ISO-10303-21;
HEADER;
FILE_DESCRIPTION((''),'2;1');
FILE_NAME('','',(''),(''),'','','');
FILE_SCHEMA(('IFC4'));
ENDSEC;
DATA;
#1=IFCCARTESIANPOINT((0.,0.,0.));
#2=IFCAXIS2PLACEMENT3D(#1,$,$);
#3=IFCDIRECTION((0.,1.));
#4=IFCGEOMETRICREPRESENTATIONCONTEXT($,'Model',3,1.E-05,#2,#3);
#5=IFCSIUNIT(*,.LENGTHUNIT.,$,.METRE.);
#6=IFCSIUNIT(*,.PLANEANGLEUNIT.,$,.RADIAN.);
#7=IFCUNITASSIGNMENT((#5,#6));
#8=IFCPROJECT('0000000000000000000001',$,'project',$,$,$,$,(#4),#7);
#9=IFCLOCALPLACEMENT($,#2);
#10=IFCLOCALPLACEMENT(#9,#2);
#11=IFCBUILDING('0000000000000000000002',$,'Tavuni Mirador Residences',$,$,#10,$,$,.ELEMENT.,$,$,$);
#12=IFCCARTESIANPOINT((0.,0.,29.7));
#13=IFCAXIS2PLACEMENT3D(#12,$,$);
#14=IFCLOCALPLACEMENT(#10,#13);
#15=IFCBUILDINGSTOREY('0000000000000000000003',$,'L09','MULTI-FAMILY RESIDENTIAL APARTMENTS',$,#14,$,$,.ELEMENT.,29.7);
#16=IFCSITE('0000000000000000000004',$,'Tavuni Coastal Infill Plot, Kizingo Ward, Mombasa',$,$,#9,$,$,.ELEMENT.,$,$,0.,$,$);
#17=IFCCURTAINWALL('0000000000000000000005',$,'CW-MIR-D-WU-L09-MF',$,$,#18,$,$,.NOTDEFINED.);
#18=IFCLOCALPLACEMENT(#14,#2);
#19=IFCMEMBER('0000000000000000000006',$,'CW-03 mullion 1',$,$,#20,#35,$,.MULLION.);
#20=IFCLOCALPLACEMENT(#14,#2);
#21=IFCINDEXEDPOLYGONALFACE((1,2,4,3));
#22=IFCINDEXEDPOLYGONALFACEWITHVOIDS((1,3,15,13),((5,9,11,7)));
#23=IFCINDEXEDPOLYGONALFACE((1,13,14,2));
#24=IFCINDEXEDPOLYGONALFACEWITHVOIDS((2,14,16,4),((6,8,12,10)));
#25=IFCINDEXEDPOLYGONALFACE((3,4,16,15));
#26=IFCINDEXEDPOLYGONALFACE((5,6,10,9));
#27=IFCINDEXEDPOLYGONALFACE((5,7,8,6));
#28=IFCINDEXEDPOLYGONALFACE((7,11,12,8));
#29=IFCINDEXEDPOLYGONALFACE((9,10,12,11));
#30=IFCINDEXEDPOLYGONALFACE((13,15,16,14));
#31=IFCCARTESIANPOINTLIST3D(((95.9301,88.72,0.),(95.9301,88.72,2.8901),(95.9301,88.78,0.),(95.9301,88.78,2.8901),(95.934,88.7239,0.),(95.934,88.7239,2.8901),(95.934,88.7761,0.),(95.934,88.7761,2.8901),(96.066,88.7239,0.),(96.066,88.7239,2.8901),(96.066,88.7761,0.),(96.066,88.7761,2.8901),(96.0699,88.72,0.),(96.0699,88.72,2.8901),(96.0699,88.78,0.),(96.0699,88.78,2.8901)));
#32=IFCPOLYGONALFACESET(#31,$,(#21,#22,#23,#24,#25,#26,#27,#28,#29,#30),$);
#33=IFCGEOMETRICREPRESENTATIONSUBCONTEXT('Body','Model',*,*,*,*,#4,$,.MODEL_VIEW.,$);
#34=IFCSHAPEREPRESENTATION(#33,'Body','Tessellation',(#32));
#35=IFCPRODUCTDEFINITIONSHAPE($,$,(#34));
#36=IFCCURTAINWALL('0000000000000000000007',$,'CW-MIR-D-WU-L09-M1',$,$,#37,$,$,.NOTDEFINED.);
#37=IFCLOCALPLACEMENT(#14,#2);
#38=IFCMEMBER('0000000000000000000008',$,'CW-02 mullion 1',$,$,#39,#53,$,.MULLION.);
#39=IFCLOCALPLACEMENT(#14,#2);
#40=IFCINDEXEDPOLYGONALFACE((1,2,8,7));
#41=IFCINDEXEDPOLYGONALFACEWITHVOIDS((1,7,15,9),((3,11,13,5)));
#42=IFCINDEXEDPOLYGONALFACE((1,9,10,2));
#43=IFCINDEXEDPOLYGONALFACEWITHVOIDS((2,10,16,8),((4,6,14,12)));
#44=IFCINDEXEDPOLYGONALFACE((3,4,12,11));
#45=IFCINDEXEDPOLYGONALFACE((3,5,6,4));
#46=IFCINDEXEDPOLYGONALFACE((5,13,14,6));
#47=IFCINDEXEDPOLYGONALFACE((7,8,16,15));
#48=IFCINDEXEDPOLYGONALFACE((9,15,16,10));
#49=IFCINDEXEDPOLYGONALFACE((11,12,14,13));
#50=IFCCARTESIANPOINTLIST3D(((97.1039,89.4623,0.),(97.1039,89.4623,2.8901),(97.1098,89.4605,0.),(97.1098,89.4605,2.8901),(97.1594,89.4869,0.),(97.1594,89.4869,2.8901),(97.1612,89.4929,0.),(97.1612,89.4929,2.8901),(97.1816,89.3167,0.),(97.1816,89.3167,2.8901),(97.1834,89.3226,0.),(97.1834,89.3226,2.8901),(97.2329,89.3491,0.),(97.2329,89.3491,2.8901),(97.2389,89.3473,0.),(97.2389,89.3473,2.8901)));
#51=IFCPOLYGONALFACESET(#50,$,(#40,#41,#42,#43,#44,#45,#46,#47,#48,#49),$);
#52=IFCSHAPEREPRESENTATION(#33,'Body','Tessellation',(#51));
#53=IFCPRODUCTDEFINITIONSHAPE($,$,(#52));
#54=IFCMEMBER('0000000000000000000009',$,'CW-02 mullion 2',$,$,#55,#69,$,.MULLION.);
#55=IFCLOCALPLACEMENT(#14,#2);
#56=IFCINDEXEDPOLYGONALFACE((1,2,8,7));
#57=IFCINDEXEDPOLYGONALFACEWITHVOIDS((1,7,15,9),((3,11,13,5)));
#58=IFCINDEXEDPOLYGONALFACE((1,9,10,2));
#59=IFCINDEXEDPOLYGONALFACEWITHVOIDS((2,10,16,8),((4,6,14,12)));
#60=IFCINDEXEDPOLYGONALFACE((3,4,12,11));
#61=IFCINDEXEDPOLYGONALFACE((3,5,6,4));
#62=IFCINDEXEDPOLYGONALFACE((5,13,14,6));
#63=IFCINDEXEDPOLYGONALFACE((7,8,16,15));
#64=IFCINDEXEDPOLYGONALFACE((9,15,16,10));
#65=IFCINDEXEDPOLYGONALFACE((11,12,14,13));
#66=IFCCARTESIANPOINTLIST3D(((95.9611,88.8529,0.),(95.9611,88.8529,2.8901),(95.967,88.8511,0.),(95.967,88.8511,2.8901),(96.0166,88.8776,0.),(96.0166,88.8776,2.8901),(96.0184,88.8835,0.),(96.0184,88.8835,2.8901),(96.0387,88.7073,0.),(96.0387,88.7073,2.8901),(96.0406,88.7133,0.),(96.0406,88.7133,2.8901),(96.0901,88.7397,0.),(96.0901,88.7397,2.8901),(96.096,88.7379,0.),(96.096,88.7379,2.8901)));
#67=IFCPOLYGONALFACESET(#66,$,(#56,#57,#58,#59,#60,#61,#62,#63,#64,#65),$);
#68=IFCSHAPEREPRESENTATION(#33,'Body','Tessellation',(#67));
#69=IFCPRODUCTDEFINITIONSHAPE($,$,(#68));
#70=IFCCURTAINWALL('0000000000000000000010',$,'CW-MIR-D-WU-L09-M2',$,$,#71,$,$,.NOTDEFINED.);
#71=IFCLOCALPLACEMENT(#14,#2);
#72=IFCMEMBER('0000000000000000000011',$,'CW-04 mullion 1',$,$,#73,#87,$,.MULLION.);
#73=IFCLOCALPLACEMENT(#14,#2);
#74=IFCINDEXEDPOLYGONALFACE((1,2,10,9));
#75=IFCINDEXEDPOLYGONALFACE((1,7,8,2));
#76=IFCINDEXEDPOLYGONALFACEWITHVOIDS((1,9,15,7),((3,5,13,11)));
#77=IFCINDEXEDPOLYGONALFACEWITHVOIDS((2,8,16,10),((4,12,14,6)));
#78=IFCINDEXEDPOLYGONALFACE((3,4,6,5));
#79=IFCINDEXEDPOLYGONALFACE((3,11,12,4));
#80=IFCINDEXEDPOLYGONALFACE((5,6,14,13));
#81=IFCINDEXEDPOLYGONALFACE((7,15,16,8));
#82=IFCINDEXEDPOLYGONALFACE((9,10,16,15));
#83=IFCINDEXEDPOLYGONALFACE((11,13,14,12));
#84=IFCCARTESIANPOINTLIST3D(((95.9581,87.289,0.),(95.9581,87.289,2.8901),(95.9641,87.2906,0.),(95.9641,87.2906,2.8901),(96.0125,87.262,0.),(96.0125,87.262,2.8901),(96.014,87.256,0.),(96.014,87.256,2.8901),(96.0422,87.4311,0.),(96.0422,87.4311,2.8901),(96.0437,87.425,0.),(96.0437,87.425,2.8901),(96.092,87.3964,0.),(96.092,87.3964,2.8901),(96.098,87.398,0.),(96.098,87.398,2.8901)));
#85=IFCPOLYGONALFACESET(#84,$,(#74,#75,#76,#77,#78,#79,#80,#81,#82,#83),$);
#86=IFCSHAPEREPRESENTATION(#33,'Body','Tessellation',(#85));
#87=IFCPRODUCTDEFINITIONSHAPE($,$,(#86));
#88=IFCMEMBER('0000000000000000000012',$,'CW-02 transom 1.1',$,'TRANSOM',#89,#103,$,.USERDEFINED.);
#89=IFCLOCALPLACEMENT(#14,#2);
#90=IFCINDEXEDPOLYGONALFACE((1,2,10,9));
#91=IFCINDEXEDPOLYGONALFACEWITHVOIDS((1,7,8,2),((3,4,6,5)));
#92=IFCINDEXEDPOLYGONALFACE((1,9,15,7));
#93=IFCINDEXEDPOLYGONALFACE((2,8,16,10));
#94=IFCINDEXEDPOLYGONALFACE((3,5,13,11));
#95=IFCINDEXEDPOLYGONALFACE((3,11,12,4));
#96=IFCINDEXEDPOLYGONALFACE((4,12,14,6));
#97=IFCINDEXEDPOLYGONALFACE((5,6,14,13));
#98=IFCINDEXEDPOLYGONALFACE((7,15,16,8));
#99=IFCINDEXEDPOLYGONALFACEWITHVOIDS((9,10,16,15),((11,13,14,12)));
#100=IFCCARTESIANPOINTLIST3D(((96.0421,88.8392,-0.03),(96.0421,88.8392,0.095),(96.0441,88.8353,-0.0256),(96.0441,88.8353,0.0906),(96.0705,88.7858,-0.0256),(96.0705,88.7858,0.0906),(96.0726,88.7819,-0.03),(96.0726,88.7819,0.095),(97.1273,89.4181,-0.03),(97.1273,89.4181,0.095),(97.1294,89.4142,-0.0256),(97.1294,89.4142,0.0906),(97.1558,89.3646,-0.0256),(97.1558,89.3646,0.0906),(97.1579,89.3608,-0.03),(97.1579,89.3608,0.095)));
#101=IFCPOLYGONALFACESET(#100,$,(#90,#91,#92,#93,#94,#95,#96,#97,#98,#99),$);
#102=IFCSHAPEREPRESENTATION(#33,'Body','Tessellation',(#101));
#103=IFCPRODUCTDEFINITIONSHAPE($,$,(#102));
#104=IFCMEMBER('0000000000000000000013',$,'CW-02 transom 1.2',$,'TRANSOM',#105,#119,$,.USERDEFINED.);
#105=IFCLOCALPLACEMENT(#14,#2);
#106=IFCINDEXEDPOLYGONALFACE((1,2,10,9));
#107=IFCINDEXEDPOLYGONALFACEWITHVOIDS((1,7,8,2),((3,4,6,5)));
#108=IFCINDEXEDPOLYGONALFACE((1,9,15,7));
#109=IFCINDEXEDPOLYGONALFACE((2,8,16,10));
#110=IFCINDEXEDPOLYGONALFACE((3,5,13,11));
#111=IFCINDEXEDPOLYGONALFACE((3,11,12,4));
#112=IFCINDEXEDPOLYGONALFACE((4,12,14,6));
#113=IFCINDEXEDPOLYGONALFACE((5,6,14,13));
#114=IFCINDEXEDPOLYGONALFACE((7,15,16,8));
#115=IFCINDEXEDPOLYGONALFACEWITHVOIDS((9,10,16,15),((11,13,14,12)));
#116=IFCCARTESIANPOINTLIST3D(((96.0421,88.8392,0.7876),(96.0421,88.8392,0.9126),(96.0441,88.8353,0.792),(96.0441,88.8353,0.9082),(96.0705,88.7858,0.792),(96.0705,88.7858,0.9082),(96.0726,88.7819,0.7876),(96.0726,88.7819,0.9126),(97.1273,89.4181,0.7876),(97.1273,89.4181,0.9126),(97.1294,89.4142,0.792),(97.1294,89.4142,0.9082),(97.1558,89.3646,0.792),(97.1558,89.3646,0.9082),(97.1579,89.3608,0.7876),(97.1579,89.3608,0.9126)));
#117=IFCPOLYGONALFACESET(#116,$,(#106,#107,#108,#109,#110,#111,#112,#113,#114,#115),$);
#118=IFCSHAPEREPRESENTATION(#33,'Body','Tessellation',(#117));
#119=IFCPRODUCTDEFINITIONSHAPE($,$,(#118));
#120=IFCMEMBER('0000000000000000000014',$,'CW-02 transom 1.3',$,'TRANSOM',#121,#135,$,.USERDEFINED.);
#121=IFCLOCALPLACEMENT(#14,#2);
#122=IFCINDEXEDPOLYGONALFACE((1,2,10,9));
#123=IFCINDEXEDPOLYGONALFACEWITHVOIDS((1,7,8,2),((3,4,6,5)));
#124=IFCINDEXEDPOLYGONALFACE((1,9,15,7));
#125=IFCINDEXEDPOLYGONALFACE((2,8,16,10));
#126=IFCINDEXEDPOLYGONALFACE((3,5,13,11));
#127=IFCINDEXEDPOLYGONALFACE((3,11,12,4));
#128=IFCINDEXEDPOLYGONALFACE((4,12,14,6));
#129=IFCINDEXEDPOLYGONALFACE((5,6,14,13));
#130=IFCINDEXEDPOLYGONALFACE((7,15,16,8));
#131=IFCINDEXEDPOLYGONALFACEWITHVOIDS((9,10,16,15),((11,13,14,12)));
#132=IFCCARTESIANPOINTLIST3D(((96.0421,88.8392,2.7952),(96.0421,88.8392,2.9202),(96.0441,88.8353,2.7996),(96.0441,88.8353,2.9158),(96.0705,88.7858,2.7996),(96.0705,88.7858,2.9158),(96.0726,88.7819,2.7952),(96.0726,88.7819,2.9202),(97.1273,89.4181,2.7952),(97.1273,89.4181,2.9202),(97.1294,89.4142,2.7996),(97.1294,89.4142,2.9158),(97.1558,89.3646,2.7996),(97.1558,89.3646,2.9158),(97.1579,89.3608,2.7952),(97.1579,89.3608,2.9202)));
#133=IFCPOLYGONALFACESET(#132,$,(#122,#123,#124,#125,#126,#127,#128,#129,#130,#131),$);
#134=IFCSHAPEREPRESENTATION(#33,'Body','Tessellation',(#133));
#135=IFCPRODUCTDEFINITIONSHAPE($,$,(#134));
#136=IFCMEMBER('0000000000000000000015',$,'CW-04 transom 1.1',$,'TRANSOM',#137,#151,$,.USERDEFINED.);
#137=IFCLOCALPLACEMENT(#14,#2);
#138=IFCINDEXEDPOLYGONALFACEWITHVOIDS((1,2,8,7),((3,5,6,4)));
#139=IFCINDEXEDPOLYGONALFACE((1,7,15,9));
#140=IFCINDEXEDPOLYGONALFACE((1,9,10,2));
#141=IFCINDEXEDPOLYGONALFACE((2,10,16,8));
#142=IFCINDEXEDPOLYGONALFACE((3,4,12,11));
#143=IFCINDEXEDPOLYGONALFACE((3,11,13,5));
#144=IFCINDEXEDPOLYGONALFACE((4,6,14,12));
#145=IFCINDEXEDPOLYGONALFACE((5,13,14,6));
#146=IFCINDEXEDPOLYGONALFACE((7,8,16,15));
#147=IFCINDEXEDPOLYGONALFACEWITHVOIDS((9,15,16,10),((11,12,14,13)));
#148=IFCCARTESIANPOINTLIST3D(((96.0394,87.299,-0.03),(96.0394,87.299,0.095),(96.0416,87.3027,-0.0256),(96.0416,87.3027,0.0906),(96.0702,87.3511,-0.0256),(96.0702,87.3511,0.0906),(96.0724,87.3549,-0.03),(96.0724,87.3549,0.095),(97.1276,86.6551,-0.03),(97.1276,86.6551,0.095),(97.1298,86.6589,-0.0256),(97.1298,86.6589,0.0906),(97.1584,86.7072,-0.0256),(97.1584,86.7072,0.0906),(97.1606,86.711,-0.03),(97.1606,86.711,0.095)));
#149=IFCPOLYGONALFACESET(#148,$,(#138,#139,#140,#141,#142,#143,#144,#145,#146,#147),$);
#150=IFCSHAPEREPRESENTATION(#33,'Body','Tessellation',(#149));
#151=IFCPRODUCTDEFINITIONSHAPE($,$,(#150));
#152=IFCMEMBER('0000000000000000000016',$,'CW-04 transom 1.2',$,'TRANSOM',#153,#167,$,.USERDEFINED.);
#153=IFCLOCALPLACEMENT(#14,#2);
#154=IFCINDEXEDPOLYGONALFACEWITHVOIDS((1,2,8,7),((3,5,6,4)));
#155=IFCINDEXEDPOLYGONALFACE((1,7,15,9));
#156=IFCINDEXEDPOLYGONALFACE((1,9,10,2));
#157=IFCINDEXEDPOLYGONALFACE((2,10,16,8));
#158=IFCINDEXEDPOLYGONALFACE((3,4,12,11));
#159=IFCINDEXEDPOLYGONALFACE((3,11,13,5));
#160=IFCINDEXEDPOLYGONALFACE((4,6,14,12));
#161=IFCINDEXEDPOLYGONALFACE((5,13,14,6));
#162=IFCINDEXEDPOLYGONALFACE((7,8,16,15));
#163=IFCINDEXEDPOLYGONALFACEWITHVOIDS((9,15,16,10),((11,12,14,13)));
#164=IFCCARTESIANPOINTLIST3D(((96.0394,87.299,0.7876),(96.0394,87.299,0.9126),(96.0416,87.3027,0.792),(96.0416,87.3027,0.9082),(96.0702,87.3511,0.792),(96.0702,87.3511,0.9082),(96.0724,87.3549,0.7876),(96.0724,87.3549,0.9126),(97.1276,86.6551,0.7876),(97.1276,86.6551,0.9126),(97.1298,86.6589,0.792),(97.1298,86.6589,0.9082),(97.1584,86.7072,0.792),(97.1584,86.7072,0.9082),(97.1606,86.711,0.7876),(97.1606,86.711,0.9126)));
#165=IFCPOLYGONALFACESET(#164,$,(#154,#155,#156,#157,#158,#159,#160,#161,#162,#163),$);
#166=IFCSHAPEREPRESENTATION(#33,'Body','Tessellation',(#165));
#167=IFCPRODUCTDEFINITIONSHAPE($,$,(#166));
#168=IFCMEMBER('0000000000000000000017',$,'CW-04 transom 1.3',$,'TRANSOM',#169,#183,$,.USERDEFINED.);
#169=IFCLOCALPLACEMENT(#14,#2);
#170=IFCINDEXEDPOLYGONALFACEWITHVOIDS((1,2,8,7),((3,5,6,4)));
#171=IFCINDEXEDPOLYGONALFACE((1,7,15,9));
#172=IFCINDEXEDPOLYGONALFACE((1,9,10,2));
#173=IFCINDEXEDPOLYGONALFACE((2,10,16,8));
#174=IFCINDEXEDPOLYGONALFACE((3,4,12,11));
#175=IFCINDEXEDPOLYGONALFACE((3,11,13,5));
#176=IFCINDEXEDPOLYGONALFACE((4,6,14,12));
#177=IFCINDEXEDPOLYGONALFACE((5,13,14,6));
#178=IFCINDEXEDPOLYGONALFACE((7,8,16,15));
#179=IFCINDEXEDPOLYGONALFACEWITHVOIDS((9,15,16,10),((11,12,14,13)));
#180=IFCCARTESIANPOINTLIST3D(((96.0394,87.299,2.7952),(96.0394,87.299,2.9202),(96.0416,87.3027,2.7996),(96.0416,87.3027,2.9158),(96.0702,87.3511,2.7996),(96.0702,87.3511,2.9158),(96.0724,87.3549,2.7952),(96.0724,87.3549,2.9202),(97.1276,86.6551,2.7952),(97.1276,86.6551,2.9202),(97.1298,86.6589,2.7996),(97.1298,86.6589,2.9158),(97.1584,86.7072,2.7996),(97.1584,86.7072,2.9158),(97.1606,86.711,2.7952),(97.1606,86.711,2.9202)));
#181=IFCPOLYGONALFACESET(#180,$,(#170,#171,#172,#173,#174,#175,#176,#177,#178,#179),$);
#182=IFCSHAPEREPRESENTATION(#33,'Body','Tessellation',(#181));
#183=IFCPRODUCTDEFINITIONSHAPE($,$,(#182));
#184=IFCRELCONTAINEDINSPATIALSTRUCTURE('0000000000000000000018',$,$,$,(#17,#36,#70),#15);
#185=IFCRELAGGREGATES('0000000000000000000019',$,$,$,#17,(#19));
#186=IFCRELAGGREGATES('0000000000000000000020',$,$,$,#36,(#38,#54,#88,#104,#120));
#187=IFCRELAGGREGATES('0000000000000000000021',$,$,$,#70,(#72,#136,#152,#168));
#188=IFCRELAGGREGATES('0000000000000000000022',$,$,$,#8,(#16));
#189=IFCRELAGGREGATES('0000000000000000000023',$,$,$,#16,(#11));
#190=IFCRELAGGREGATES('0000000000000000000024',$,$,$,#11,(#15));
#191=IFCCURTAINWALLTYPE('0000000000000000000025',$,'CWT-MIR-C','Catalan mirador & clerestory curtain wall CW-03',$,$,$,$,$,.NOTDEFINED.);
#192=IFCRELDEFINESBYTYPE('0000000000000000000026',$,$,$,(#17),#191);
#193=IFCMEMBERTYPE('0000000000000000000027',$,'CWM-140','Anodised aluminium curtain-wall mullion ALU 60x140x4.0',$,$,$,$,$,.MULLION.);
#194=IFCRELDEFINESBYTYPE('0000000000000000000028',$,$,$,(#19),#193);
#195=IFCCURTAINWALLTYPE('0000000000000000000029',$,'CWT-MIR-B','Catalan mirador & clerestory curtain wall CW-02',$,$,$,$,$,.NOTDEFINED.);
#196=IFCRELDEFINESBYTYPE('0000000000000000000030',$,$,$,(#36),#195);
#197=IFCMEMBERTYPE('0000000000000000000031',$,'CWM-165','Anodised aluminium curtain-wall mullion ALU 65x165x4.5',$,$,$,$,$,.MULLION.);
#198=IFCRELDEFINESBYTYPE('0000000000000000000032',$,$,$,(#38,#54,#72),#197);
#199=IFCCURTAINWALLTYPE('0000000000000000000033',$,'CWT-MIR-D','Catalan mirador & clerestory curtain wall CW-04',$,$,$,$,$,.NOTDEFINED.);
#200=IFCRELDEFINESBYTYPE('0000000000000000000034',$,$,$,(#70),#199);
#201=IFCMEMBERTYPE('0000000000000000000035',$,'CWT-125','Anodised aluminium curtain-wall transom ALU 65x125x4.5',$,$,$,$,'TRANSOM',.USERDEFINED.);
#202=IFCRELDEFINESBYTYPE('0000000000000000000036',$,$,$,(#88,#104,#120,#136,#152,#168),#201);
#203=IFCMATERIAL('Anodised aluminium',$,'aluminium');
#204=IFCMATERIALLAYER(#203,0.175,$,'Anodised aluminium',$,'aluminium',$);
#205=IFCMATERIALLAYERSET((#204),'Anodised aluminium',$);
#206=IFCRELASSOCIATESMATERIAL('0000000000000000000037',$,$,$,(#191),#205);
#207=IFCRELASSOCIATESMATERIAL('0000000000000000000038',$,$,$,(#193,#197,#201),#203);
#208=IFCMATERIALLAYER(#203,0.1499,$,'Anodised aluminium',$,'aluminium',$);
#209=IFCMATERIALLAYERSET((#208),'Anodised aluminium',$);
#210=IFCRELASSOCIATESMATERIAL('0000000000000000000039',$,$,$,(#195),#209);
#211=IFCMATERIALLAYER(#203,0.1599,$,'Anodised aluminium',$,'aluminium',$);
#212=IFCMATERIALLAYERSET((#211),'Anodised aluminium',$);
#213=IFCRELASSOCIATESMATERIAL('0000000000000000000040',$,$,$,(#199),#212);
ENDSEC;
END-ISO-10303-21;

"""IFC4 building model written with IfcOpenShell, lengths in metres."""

from ifc_helpers import new_model, si_unit, direction, frame, origin, origin_2d, place, context, subcontext, project, spatial, hollow_rectangle, extrude, material, layer, layer_set, material_profile, profile_set, type_object, element, aggregate, save


model = new_model("IFC4")

# Units and contexts
model_context = context("Model", 3, precision=1e-05, world=origin(), true_north=direction((0.0, 1.0)))
body_context = subcontext(model_context, "Body", "Model", "MODEL_VIEW")
ifc_project = project(units=[si_unit("LENGTHUNIT", "METRE"), si_unit("PLANEANGLEUNIT", "RADIAN")], contexts=[model_context])

# Site, building, storey
site_placement = place(None, origin())
site = spatial("IfcSite", under=ifc_project, at=site_placement, Name="Tavuni Coastal Infill Plot, Kizingo Ward, Mombasa", CompositionType="ELEMENT", RefElevation=0.0)
building_placement = place(site_placement, origin())
building = spatial("IfcBuilding", under=site, at=building_placement, Name="Tavuni Mirador Residences", CompositionType="ELEMENT")
storey_placement = place(building_placement, frame((0.0, 0.0, 29.7)))
storey = spatial("IfcBuildingStorey", under=building, at=storey_placement, Name="L09", Description="MULTI-FAMILY RESIDENTIAL APARTMENTS", CompositionType="ELEMENT", Elevation=29.7)

# Curtain wall, member
ifc_material_1 = material(Name="Anodised aluminium", Category="aluminium")
ifc_layer_1 = layer(ifc_material_1, 0.175, Name="Anodised aluminium", Category="aluminium")
ifc_layer_set_1 = layer_set([ifc_layer_1], Name="Anodised aluminium")
curtain_wall_type_1 = type_object("IfcCurtainWallType", Name="CWT-MIR-C", Description="Catalan mirador & clerestory curtain wall CW-03", PredefinedType="NOTDEFINED", material=ifc_layer_set_1)
curtain_wall_1_placement = place(storey_placement, origin())
curtain_wall_1 = element("IfcCurtainWall", 1, at=curtain_wall_1_placement, inside=storey, type_object=curtain_wall_type_1, Name="CW-MIR-D-WU-L09-MF", PredefinedType="NOTDEFINED")
ifc_material_profile_1 = material_profile(ifc_material_1, hollow_rectangle(XDim=0.0601, YDim=0.1399, WallThickness=0.0039, at=origin_2d()), Name="ALU 60x140x4.0", Category="aluminium")
ifc_profile_set_1 = profile_set([ifc_material_profile_1], Name="Anodised aluminium")
member_type_1 = type_object("IfcMemberType", Name="CWM-140", Description="Anodised aluminium curtain-wall mullion ALU 60x140x4.0", PredefinedType="MULLION", material=ifc_profile_set_1)
member_1_placement = place(storey_placement, frame((96.0, 88.75, 0.0), z_axis=(0.0, 0.0, 1.0), x_axis=(0.0, -1.0, 0.0)))
member_1 = element("IfcMember", 2, at=member_1_placement, type_object=member_type_1, Name="CW-03 mullion 1", PredefinedType="MULLION", context=body_context, shape_type="SweptSolid", body=[
    extrude(hollow_rectangle(XDim=0.0601, YDim=0.1399, WallThickness=0.0039, at=origin_2d()), origin(), (0.0, 0.0, 1.0), 2.8901),
])
aggregate(curtain_wall_1, [member_1])

# Curtain wall, members
ifc_layer_2 = layer(ifc_material_1, 0.1499, Name="Anodised aluminium", Category="aluminium")
ifc_layer_set_2 = layer_set([ifc_layer_2], Name="Anodised aluminium")
curtain_wall_type_2 = type_object("IfcCurtainWallType", Name="CWT-MIR-B", Description="Catalan mirador & clerestory curtain wall CW-02", PredefinedType="NOTDEFINED", material=ifc_layer_set_2)
curtain_wall_2_placement = place(storey_placement, origin())
curtain_wall_2 = element("IfcCurtainWall", 3, at=curtain_wall_2_placement, inside=storey, type_object=curtain_wall_type_2, Name="CW-MIR-D-WU-L09-M1", PredefinedType="NOTDEFINED")
ifc_material_profile_2 = material_profile(ifc_material_1, hollow_rectangle(XDim=0.0649, YDim=0.165, WallThickness=0.0044, at=origin_2d()), Name="ALU 65x165x4.5", Category="aluminium")
ifc_profile_set_2 = profile_set([ifc_material_profile_2], Name="Anodised aluminium")
member_type_2 = type_object("IfcMemberType", Name="CWM-165", Description="Anodised aluminium curtain-wall mullion ALU 65x165x4.5", PredefinedType="MULLION", material=ifc_profile_set_2)
member_2_placement = place(storey_placement, frame((97.1714, 89.4048, 0.0), z_axis=(0.0, 0.0, 1.0), x_axis=(-0.882353, -0.470588, 0.0)))
member_2 = element("IfcMember", 4, at=member_2_placement, type_object=member_type_2, Name="CW-02 mullion 1", PredefinedType="MULLION", context=body_context, shape_type="SweptSolid", body=[
    extrude(hollow_rectangle(XDim=0.0649, YDim=0.165, WallThickness=0.0044, at=origin_2d()), origin(), (0.0, 0.0, 1.0), 2.8901),
])
member_3_placement = place(storey_placement, frame((96.0286, 88.7954, 0.0), z_axis=(0.0, 0.0, 1.0), x_axis=(-0.882353, -0.470588, 0.0)))
member_3 = element("IfcMember", 5, at=member_3_placement, type_object=member_type_2, Name="CW-02 mullion 2", PredefinedType="MULLION", context=body_context, shape_type="SweptSolid", body=[
    extrude(hollow_rectangle(XDim=0.0649, YDim=0.165, WallThickness=0.0044, at=origin_2d()), origin(), (0.0, 0.0, 1.0), 2.8901),
])

# Curtain wall, member
ifc_layer_3 = layer(ifc_material_1, 0.1599, Name="Anodised aluminium", Category="aluminium")
ifc_layer_set_3 = layer_set([ifc_layer_3], Name="Anodised aluminium")
curtain_wall_type_3 = type_object("IfcCurtainWallType", Name="CWT-MIR-D", Description="Catalan mirador & clerestory curtain wall CW-04", PredefinedType="NOTDEFINED", material=ifc_layer_set_3)
curtain_wall_3_placement = place(storey_placement, origin())
curtain_wall_3 = element("IfcCurtainWall", 6, at=curtain_wall_3_placement, inside=storey, type_object=curtain_wall_type_3, Name="CW-MIR-D-WU-L09-M2", PredefinedType="NOTDEFINED")
member_4_placement = place(storey_placement, frame((96.0281, 87.3435, 0.0), z_axis=(0.0, 0.0, 1.0), x_axis=(0.860641, -0.509212, 0.0)))
member_4 = element("IfcMember", 7, at=member_4_placement, type_object=member_type_2, Name="CW-04 mullion 1", PredefinedType="MULLION", context=body_context, shape_type="SweptSolid", body=[
    extrude(hollow_rectangle(XDim=0.0649, YDim=0.165, WallThickness=0.0044, at=origin_2d()), origin(), (0.0, 0.0, 1.0), 2.8901),
])

# Members
ifc_material_profile_3 = material_profile(ifc_material_1, hollow_rectangle(XDim=0.0649, YDim=0.125, WallThickness=0.0044, at=origin_2d()), Name="ALU 65x125x4.5", Category="aluminium")
ifc_profile_set_3 = profile_set([ifc_material_profile_3], Name="Anodised aluminium")
member_type_3 = type_object("IfcMemberType", Name="CWT-125", Description="Anodised aluminium curtain-wall transom ALU 65x125x4.5", ElementType="TRANSOM", PredefinedType="USERDEFINED", material=ifc_profile_set_3)
member_5_placement = place(storey_placement, frame((97.1426, 89.3894, 0.0325), z_axis=(-0.882325, -0.47064, 0.0), x_axis=(0.47064, -0.882325, 0.0)))
member_5 = element("IfcMember", 8, at=member_5_placement, type_object=member_type_3, Name="CW-02 transom 1.1", ObjectType="TRANSOM", PredefinedType="USERDEFINED", context=body_context, shape_type="SweptSolid", body=[
    extrude(hollow_rectangle(XDim=0.0649, YDim=0.125, WallThickness=0.0044, at=origin_2d()), origin(), (0.0, 0.0, 1.0), 1.23),
])
member_6_placement = place(storey_placement, frame((97.1426, 89.3894, 0.8501), z_axis=(-0.882325, -0.47064, 0.0), x_axis=(0.47064, -0.882325, 0.0)))
member_6 = element("IfcMember", 9, at=member_6_placement, type_object=member_type_3, Name="CW-02 transom 1.2", ObjectType="TRANSOM", PredefinedType="USERDEFINED", context=body_context, shape_type="SweptSolid", body=[
    extrude(hollow_rectangle(XDim=0.0649, YDim=0.125, WallThickness=0.0044, at=origin_2d()), origin(), (0.0, 0.0, 1.0), 1.23),
])
member_7_placement = place(storey_placement, frame((97.1426, 89.3894, 2.8577), z_axis=(-0.882325, -0.47064, 0.0), x_axis=(0.47064, -0.882325, 0.0)))
member_7 = element("IfcMember", 10, at=member_7_placement, type_object=member_type_3, Name="CW-02 transom 1.3", ObjectType="TRANSOM", PredefinedType="USERDEFINED", context=body_context, shape_type="SweptSolid", body=[
    extrude(hollow_rectangle(XDim=0.0649, YDim=0.125, WallThickness=0.0044, at=origin_2d()), origin(), (0.0, 0.0, 1.0), 1.23),
])
member_8_placement = place(storey_placement, frame((96.0559, 87.3269, 0.0325), z_axis=(0.860646, -0.509204, 0.0), x_axis=(0.509204, 0.860646, 0.0)))
member_8 = element("IfcMember", 11, at=member_8_placement, type_object=member_type_3, Name="CW-04 transom 1.1", ObjectType="TRANSOM", PredefinedType="USERDEFINED", context=body_context, shape_type="SweptSolid", body=[
    extrude(hollow_rectangle(XDim=0.0649, YDim=0.125, WallThickness=0.0044, at=origin_2d()), origin(), (0.0, 0.0, 1.0), 1.2644),
])
member_9_placement = place(storey_placement, frame((96.0559, 87.3269, 0.8501), z_axis=(0.860646, -0.509204, 0.0), x_axis=(0.509204, 0.860646, 0.0)))
member_9 = element("IfcMember", 12, at=member_9_placement, type_object=member_type_3, Name="CW-04 transom 1.2", ObjectType="TRANSOM", PredefinedType="USERDEFINED", context=body_context, shape_type="SweptSolid", body=[
    extrude(hollow_rectangle(XDim=0.0649, YDim=0.125, WallThickness=0.0044, at=origin_2d()), origin(), (0.0, 0.0, 1.0), 1.2644),
])
member_10_placement = place(storey_placement, frame((96.0559, 87.3269, 2.8577), z_axis=(0.860646, -0.509204, 0.0), x_axis=(0.509204, 0.860646, 0.0)))
member_10 = element("IfcMember", 13, at=member_10_placement, type_object=member_type_3, Name="CW-04 transom 1.3", ObjectType="TRANSOM", PredefinedType="USERDEFINED", context=body_context, shape_type="SweptSolid", body=[
    extrude(hollow_rectangle(XDim=0.0649, YDim=0.125, WallThickness=0.0044, at=origin_2d()), origin(), (0.0, 0.0, 1.0), 1.2644),
])

aggregate(curtain_wall_2, [member_2, member_3, member_5, member_6, member_7])
aggregate(curtain_wall_3, [member_4, member_8, member_9, member_10])

save(model, "model.ifc")
